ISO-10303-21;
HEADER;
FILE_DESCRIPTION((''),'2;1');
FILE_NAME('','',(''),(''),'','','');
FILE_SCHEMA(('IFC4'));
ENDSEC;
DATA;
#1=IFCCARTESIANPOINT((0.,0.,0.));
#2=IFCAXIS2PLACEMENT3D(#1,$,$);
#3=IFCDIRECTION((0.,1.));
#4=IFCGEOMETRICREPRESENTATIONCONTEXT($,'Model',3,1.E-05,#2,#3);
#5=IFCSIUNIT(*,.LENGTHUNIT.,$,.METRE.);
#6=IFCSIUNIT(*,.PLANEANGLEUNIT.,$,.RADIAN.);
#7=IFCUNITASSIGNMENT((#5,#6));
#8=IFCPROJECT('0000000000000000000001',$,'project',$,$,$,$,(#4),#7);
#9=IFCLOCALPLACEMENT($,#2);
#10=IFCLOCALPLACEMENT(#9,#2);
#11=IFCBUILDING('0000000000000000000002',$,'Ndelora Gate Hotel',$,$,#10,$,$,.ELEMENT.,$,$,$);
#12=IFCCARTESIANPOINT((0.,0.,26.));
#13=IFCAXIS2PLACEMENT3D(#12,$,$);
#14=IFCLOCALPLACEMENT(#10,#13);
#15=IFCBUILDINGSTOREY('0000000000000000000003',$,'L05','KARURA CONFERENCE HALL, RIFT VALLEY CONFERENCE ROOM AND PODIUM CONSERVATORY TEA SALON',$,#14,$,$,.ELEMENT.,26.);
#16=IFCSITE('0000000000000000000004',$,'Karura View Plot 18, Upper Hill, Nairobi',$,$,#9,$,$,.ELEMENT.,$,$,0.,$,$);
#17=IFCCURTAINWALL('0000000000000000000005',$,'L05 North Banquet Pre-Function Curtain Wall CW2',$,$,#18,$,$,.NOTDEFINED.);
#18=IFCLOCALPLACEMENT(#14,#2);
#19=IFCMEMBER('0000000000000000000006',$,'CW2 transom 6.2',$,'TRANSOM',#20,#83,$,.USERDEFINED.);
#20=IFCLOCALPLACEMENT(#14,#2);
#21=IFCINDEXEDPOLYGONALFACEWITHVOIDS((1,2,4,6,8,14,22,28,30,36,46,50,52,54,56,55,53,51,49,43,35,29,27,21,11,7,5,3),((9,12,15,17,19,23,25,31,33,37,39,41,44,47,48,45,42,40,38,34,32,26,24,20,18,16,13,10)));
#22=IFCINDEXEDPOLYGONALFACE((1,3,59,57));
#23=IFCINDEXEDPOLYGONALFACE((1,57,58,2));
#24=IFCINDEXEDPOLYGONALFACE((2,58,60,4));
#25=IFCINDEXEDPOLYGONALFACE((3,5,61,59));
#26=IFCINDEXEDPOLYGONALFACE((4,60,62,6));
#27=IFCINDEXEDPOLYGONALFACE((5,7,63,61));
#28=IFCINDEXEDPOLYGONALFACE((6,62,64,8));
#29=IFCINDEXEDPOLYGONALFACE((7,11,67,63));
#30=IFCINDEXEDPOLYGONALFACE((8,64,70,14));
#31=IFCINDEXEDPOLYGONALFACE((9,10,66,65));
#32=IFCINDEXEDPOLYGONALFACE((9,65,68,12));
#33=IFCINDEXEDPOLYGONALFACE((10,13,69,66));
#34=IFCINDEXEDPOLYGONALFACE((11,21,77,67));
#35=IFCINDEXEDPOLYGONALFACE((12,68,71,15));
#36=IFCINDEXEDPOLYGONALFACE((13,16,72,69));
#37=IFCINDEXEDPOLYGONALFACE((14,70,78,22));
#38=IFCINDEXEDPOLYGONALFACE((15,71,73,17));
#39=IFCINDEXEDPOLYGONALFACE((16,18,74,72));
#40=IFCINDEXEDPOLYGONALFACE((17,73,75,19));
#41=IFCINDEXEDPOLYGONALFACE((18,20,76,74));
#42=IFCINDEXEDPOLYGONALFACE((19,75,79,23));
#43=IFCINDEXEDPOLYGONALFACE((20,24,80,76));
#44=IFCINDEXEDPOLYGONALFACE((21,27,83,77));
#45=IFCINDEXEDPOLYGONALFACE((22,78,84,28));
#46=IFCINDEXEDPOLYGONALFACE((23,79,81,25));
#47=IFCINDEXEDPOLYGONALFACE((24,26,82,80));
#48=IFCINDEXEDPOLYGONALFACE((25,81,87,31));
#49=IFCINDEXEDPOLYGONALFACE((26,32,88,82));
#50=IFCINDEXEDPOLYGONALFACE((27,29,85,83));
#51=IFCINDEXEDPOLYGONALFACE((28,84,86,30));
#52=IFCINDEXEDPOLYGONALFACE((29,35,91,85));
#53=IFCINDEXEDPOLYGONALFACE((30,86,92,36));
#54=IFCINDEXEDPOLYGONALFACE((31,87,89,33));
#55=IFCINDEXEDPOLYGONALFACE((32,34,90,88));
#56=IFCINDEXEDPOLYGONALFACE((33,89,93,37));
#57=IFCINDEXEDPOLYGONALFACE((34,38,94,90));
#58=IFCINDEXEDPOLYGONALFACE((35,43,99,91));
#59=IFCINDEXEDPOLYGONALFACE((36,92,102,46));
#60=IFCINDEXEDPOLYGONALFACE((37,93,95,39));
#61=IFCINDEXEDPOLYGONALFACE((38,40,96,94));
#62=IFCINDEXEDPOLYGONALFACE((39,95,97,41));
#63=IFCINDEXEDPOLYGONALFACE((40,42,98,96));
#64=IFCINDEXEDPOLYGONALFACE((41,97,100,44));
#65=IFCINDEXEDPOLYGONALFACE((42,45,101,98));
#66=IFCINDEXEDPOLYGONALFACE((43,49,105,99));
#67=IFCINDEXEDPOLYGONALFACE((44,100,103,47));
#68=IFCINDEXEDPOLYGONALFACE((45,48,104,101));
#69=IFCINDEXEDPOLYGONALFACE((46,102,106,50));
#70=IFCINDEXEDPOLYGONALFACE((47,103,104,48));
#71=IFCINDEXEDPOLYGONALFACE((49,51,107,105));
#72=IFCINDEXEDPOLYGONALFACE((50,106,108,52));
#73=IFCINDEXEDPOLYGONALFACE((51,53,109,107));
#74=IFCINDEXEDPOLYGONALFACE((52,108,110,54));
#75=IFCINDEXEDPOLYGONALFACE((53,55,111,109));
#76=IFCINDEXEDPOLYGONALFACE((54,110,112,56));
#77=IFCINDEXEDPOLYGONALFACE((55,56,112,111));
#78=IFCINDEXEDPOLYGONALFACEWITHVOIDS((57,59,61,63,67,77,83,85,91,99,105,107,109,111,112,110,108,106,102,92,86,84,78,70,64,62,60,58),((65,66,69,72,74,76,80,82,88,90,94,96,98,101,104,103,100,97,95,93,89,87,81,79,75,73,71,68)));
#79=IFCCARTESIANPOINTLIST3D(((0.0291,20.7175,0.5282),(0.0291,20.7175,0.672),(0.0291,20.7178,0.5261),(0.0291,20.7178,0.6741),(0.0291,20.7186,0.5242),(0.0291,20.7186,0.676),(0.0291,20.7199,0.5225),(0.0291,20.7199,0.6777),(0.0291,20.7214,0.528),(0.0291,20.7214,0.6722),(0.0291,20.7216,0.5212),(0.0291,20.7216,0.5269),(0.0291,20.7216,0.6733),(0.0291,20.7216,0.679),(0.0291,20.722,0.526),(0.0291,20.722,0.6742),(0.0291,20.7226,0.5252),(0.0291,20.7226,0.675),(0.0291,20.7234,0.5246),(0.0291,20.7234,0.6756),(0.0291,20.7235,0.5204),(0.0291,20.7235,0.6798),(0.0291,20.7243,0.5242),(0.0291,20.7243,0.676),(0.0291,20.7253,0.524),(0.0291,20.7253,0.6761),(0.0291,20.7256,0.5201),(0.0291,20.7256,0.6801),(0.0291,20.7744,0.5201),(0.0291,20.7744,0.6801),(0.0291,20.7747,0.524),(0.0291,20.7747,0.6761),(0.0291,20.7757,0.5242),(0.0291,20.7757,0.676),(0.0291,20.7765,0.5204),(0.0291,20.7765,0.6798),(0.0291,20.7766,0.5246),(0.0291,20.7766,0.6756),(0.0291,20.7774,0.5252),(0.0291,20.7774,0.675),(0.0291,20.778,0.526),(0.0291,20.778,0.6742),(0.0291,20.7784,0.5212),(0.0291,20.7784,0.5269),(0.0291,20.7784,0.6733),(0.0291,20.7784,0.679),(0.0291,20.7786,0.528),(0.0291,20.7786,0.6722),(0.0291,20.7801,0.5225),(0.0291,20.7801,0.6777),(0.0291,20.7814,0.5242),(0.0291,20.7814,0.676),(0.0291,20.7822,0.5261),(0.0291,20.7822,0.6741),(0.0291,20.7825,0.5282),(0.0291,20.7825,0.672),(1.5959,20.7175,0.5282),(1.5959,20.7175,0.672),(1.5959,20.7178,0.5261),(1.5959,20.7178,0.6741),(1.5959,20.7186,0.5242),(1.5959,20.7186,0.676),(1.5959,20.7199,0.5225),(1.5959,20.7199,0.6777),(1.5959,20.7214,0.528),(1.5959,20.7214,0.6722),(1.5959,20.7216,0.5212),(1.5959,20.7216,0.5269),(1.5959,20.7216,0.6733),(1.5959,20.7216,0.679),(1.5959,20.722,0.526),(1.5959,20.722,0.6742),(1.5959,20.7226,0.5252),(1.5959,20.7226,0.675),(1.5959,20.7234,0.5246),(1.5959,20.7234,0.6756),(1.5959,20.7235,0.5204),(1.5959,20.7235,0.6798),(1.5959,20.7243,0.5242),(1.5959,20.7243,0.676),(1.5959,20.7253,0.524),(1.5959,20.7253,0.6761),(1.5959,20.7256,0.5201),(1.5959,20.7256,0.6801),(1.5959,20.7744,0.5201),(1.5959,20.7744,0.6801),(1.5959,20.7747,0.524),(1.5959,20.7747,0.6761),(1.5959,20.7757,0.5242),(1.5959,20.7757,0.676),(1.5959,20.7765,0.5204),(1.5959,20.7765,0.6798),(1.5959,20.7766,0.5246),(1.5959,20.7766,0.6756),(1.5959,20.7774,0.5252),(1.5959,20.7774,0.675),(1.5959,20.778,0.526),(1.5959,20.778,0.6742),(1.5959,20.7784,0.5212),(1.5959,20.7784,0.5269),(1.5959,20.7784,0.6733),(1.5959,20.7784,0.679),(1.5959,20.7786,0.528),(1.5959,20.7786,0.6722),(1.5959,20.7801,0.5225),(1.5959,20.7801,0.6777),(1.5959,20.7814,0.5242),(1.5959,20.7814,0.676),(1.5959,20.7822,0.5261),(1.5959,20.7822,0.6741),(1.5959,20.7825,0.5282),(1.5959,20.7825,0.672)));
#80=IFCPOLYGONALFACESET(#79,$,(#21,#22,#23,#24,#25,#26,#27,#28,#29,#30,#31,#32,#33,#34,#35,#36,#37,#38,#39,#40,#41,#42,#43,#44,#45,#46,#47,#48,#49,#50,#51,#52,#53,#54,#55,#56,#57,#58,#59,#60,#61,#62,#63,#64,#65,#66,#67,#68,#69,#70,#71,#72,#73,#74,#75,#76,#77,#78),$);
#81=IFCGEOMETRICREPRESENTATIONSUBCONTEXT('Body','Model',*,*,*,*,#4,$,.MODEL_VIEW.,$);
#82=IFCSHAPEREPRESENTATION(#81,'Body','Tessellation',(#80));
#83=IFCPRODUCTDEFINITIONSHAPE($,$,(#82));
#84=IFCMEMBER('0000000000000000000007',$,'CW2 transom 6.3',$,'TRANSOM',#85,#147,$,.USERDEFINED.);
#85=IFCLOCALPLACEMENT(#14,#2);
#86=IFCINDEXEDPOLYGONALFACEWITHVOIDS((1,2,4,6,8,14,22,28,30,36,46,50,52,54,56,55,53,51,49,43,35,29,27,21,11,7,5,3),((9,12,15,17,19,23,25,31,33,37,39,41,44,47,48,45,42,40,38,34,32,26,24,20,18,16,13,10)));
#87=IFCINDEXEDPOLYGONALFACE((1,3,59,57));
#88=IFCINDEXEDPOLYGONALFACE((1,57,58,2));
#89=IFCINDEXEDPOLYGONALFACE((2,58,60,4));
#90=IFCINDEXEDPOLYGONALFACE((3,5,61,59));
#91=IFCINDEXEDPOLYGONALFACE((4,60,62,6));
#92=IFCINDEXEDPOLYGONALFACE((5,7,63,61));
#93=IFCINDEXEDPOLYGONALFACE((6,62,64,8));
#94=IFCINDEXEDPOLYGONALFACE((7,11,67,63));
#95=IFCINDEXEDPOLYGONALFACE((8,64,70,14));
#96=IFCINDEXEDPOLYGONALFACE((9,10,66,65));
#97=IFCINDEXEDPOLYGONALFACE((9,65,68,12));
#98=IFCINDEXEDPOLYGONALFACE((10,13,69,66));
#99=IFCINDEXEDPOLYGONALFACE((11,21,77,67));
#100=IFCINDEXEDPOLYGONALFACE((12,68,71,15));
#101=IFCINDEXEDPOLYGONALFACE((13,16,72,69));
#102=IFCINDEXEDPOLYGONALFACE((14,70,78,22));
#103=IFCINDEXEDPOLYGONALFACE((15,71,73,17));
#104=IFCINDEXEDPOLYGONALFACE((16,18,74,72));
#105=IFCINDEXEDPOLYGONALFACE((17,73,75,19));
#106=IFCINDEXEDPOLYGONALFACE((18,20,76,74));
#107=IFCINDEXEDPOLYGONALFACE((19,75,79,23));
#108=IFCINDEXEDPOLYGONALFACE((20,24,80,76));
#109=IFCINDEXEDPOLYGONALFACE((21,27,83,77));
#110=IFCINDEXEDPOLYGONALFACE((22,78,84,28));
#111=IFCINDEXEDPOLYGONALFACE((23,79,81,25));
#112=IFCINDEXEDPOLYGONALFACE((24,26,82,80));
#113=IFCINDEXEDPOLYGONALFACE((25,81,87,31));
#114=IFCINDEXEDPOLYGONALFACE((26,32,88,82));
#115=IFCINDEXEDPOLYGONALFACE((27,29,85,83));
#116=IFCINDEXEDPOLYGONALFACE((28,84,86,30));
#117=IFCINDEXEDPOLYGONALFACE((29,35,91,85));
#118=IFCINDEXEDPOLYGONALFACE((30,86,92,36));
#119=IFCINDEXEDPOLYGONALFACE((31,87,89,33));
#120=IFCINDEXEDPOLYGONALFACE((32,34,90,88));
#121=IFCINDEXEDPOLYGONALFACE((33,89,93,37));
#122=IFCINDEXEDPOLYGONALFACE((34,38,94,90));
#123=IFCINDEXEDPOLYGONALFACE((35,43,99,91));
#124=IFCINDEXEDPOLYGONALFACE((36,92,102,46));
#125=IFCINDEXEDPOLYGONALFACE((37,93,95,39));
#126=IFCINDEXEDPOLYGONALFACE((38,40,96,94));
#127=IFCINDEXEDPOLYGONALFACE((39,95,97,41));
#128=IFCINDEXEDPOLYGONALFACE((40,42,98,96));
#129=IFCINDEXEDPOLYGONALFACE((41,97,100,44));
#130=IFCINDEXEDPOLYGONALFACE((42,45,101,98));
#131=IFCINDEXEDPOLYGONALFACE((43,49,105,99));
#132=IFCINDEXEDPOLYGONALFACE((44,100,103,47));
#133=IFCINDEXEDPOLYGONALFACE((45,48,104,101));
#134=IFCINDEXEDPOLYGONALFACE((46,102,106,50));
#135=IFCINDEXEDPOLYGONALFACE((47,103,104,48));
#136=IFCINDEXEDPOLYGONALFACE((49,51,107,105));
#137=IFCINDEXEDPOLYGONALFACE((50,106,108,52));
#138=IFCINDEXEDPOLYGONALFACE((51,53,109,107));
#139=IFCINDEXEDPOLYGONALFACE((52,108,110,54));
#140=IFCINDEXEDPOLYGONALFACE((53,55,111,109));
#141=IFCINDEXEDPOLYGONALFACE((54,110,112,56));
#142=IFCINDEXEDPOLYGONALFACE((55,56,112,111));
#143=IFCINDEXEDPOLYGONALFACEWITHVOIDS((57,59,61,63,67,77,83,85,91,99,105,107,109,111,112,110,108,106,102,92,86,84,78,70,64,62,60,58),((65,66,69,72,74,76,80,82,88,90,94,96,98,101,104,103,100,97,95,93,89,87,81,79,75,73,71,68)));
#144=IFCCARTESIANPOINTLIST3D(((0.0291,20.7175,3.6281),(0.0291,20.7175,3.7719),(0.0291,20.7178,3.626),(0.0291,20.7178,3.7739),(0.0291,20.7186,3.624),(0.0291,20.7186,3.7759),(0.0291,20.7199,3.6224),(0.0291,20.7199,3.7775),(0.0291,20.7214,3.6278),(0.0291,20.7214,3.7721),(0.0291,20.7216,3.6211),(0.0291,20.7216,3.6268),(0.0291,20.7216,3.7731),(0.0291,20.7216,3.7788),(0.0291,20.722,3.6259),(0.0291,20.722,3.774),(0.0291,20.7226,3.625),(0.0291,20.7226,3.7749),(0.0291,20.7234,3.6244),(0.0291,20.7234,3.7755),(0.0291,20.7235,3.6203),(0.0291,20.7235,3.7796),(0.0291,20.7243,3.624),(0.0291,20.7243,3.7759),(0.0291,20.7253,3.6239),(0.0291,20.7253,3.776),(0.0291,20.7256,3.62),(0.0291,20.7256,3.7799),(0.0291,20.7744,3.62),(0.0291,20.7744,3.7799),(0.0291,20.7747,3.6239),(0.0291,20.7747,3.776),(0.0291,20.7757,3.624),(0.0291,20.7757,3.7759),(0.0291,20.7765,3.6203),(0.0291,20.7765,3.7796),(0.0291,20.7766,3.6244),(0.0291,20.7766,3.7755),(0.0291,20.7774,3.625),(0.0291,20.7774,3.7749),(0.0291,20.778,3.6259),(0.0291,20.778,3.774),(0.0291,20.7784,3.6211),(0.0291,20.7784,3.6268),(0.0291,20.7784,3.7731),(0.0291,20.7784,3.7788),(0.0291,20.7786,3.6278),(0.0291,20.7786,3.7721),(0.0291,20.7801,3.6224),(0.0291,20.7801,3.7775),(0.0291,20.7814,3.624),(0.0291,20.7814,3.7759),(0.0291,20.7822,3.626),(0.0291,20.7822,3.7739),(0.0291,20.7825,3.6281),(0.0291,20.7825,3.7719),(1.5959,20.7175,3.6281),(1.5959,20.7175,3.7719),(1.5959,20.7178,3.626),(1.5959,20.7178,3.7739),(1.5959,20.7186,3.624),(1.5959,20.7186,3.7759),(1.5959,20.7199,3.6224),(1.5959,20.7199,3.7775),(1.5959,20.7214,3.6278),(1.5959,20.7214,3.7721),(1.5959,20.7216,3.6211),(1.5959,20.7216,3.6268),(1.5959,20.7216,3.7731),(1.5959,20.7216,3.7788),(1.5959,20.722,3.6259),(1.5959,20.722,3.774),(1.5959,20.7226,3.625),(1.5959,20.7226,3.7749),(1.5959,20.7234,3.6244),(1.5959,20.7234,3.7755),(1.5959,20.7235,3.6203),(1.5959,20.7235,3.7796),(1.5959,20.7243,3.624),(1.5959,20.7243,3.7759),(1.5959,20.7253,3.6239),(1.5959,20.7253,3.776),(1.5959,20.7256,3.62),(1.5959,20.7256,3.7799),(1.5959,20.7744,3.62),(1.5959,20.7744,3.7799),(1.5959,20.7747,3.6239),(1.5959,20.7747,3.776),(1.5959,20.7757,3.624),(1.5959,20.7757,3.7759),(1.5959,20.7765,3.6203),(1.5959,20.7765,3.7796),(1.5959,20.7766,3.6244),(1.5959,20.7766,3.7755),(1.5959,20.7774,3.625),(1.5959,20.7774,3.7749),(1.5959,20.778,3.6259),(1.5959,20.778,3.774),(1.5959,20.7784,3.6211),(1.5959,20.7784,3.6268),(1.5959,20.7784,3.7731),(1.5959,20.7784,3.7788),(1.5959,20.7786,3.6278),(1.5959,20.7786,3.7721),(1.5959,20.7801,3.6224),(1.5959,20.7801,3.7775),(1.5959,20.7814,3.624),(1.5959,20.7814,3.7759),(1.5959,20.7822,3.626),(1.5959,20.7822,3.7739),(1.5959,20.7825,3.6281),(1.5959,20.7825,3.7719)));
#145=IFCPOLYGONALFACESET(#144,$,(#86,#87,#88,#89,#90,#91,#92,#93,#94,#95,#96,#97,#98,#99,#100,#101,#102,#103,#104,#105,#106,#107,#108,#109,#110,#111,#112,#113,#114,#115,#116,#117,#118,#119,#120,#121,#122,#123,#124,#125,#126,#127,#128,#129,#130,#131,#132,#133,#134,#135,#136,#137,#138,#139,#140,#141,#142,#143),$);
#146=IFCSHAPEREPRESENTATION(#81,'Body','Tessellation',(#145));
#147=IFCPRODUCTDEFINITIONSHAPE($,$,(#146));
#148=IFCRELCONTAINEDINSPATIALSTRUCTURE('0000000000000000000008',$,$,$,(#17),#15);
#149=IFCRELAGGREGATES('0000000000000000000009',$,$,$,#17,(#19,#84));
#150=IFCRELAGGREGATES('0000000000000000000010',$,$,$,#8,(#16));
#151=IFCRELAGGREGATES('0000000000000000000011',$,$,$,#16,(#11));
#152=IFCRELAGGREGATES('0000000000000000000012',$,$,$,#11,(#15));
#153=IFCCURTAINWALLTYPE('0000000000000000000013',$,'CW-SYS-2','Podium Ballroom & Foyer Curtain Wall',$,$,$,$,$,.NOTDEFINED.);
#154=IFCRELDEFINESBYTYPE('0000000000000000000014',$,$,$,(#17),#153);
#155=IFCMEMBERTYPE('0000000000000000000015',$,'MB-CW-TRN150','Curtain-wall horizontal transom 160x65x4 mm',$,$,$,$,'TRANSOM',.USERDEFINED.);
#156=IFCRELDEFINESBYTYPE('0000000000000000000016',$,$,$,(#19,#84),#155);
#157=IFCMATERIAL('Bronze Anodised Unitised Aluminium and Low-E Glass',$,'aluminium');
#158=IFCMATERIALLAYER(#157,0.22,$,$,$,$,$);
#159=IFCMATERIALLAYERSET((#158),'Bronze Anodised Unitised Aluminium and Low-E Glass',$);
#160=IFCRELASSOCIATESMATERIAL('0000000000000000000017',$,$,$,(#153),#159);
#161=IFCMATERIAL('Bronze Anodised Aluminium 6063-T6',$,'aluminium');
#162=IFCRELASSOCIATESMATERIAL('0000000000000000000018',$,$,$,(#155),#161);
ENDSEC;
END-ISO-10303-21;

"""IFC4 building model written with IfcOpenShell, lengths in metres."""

from ifc_helpers import new_model, si_unit, direction, frame, origin, origin_2d, place, context, subcontext, project, spatial, hollow_rectangle, extrude, material, layer, layer_set, material_profile, profile_set, type_object, element, aggregate, save


model = new_model("IFC4")

# Units and contexts
model_context = context("Model", 3, precision=1e-05, world=origin(), true_north=direction((0.0, 1.0)))
body_context = subcontext(model_context, "Body", "Model", "MODEL_VIEW")
ifc_project = project(units=[si_unit("LENGTHUNIT", "METRE"), si_unit("PLANEANGLEUNIT", "RADIAN")], contexts=[model_context])

# Site, building, storey
site_placement = place(None, origin())
site = spatial("IfcSite", under=ifc_project, at=site_placement, Name="Karura View Plot 18, Upper Hill, Nairobi", CompositionType="ELEMENT", RefElevation=0.0)
building_placement = place(site_placement, origin())
building = spatial("IfcBuilding", under=site, at=building_placement, Name="Ndelora Gate Hotel", CompositionType="ELEMENT")
storey_placement = place(building_placement, frame((0.0, 0.0, 26.0)))
storey = spatial("IfcBuildingStorey", under=building, at=storey_placement, Name="L05", Description="KARURA CONFERENCE HALL, RIFT VALLEY CONFERENCE ROOM AND PODIUM CONSERVATORY TEA SALON", CompositionType="ELEMENT", Elevation=26.0)

# Curtain wall, members
ifc_material_1 = material(Name="Bronze Anodised Unitised Aluminium and Low-E Glass", Category="aluminium")
ifc_layer_1 = layer(ifc_material_1, 0.22)
ifc_layer_set_1 = layer_set([ifc_layer_1], Name="Bronze Anodised Unitised Aluminium and Low-E Glass")
curtain_wall_type = type_object("IfcCurtainWallType", Name="CW-SYS-2", Description="Podium Ballroom & Foyer Curtain Wall", PredefinedType="NOTDEFINED", material=ifc_layer_set_1)
curtain_wall_placement = place(storey_placement, origin())
curtain_wall = element("IfcCurtainWall", 1, at=curtain_wall_placement, inside=storey, type_object=curtain_wall_type, Name="L05 North Banquet Pre-Function Curtain Wall CW2", PredefinedType="NOTDEFINED")
ifc_material_2 = material(Name="Bronze Anodised Aluminium 6063-T6", Category="aluminium")
ifc_material_profile_1 = material_profile(ifc_material_2, hollow_rectangle(XDim=0.0649, YDim=0.1599, WallThickness=0.0039, InnerFilletRadius=0.0039, OuterFilletRadius=0.0081, at=origin_2d()), Name="ALU 160x65x4")
ifc_profile_set_1 = profile_set([ifc_material_profile_1], Name="Bronze Anodised Aluminium 6063-T6")
member_type_1 = type_object("IfcMemberType", Name="MB-CW-TRN150", Description="Curtain-wall horizontal transom 160x65x4 mm", ElementType="TRANSOM", PredefinedType="USERDEFINED", material=ifc_profile_set_1)
member_1_placement = place(storey_placement, frame((1.5959, 20.75, 0.6001), z_axis=(-1.0, 0.0, 0.0), x_axis=(0.0, -1.0, 0.0)))
member_1 = element("IfcMember", 2, at=member_1_placement, type_object=member_type_1, Name="CW2 transom 6.2", ObjectType="TRANSOM", PredefinedType="USERDEFINED", context=body_context, shape_type="SweptSolid", body=[
    extrude(hollow_rectangle(XDim=0.0649, YDim=0.1599, WallThickness=0.0039, InnerFilletRadius=0.0039, OuterFilletRadius=0.0081, at=origin_2d()), origin(), (0.0, 0.0, 1.0), 1.5669),
])
member_2_placement = place(storey_placement, frame((1.5959, 20.75, 3.7), z_axis=(-1.0, 0.0, 0.0), x_axis=(0.0, -1.0, 0.0)))
member_2 = element("IfcMember", 3, at=member_2_placement, type_object=member_type_1, Name="CW2 transom 6.3", ObjectType="TRANSOM", PredefinedType="USERDEFINED", context=body_context, shape_type="SweptSolid", body=[
    extrude(hollow_rectangle(XDim=0.0649, YDim=0.1599, WallThickness=0.0039, InnerFilletRadius=0.0039, OuterFilletRadius=0.0081, at=origin_2d()), origin(), (0.0, 0.0, 1.0), 1.5669),
])
aggregate(curtain_wall, [member_1, member_2])

save(model, "model.ifc")
